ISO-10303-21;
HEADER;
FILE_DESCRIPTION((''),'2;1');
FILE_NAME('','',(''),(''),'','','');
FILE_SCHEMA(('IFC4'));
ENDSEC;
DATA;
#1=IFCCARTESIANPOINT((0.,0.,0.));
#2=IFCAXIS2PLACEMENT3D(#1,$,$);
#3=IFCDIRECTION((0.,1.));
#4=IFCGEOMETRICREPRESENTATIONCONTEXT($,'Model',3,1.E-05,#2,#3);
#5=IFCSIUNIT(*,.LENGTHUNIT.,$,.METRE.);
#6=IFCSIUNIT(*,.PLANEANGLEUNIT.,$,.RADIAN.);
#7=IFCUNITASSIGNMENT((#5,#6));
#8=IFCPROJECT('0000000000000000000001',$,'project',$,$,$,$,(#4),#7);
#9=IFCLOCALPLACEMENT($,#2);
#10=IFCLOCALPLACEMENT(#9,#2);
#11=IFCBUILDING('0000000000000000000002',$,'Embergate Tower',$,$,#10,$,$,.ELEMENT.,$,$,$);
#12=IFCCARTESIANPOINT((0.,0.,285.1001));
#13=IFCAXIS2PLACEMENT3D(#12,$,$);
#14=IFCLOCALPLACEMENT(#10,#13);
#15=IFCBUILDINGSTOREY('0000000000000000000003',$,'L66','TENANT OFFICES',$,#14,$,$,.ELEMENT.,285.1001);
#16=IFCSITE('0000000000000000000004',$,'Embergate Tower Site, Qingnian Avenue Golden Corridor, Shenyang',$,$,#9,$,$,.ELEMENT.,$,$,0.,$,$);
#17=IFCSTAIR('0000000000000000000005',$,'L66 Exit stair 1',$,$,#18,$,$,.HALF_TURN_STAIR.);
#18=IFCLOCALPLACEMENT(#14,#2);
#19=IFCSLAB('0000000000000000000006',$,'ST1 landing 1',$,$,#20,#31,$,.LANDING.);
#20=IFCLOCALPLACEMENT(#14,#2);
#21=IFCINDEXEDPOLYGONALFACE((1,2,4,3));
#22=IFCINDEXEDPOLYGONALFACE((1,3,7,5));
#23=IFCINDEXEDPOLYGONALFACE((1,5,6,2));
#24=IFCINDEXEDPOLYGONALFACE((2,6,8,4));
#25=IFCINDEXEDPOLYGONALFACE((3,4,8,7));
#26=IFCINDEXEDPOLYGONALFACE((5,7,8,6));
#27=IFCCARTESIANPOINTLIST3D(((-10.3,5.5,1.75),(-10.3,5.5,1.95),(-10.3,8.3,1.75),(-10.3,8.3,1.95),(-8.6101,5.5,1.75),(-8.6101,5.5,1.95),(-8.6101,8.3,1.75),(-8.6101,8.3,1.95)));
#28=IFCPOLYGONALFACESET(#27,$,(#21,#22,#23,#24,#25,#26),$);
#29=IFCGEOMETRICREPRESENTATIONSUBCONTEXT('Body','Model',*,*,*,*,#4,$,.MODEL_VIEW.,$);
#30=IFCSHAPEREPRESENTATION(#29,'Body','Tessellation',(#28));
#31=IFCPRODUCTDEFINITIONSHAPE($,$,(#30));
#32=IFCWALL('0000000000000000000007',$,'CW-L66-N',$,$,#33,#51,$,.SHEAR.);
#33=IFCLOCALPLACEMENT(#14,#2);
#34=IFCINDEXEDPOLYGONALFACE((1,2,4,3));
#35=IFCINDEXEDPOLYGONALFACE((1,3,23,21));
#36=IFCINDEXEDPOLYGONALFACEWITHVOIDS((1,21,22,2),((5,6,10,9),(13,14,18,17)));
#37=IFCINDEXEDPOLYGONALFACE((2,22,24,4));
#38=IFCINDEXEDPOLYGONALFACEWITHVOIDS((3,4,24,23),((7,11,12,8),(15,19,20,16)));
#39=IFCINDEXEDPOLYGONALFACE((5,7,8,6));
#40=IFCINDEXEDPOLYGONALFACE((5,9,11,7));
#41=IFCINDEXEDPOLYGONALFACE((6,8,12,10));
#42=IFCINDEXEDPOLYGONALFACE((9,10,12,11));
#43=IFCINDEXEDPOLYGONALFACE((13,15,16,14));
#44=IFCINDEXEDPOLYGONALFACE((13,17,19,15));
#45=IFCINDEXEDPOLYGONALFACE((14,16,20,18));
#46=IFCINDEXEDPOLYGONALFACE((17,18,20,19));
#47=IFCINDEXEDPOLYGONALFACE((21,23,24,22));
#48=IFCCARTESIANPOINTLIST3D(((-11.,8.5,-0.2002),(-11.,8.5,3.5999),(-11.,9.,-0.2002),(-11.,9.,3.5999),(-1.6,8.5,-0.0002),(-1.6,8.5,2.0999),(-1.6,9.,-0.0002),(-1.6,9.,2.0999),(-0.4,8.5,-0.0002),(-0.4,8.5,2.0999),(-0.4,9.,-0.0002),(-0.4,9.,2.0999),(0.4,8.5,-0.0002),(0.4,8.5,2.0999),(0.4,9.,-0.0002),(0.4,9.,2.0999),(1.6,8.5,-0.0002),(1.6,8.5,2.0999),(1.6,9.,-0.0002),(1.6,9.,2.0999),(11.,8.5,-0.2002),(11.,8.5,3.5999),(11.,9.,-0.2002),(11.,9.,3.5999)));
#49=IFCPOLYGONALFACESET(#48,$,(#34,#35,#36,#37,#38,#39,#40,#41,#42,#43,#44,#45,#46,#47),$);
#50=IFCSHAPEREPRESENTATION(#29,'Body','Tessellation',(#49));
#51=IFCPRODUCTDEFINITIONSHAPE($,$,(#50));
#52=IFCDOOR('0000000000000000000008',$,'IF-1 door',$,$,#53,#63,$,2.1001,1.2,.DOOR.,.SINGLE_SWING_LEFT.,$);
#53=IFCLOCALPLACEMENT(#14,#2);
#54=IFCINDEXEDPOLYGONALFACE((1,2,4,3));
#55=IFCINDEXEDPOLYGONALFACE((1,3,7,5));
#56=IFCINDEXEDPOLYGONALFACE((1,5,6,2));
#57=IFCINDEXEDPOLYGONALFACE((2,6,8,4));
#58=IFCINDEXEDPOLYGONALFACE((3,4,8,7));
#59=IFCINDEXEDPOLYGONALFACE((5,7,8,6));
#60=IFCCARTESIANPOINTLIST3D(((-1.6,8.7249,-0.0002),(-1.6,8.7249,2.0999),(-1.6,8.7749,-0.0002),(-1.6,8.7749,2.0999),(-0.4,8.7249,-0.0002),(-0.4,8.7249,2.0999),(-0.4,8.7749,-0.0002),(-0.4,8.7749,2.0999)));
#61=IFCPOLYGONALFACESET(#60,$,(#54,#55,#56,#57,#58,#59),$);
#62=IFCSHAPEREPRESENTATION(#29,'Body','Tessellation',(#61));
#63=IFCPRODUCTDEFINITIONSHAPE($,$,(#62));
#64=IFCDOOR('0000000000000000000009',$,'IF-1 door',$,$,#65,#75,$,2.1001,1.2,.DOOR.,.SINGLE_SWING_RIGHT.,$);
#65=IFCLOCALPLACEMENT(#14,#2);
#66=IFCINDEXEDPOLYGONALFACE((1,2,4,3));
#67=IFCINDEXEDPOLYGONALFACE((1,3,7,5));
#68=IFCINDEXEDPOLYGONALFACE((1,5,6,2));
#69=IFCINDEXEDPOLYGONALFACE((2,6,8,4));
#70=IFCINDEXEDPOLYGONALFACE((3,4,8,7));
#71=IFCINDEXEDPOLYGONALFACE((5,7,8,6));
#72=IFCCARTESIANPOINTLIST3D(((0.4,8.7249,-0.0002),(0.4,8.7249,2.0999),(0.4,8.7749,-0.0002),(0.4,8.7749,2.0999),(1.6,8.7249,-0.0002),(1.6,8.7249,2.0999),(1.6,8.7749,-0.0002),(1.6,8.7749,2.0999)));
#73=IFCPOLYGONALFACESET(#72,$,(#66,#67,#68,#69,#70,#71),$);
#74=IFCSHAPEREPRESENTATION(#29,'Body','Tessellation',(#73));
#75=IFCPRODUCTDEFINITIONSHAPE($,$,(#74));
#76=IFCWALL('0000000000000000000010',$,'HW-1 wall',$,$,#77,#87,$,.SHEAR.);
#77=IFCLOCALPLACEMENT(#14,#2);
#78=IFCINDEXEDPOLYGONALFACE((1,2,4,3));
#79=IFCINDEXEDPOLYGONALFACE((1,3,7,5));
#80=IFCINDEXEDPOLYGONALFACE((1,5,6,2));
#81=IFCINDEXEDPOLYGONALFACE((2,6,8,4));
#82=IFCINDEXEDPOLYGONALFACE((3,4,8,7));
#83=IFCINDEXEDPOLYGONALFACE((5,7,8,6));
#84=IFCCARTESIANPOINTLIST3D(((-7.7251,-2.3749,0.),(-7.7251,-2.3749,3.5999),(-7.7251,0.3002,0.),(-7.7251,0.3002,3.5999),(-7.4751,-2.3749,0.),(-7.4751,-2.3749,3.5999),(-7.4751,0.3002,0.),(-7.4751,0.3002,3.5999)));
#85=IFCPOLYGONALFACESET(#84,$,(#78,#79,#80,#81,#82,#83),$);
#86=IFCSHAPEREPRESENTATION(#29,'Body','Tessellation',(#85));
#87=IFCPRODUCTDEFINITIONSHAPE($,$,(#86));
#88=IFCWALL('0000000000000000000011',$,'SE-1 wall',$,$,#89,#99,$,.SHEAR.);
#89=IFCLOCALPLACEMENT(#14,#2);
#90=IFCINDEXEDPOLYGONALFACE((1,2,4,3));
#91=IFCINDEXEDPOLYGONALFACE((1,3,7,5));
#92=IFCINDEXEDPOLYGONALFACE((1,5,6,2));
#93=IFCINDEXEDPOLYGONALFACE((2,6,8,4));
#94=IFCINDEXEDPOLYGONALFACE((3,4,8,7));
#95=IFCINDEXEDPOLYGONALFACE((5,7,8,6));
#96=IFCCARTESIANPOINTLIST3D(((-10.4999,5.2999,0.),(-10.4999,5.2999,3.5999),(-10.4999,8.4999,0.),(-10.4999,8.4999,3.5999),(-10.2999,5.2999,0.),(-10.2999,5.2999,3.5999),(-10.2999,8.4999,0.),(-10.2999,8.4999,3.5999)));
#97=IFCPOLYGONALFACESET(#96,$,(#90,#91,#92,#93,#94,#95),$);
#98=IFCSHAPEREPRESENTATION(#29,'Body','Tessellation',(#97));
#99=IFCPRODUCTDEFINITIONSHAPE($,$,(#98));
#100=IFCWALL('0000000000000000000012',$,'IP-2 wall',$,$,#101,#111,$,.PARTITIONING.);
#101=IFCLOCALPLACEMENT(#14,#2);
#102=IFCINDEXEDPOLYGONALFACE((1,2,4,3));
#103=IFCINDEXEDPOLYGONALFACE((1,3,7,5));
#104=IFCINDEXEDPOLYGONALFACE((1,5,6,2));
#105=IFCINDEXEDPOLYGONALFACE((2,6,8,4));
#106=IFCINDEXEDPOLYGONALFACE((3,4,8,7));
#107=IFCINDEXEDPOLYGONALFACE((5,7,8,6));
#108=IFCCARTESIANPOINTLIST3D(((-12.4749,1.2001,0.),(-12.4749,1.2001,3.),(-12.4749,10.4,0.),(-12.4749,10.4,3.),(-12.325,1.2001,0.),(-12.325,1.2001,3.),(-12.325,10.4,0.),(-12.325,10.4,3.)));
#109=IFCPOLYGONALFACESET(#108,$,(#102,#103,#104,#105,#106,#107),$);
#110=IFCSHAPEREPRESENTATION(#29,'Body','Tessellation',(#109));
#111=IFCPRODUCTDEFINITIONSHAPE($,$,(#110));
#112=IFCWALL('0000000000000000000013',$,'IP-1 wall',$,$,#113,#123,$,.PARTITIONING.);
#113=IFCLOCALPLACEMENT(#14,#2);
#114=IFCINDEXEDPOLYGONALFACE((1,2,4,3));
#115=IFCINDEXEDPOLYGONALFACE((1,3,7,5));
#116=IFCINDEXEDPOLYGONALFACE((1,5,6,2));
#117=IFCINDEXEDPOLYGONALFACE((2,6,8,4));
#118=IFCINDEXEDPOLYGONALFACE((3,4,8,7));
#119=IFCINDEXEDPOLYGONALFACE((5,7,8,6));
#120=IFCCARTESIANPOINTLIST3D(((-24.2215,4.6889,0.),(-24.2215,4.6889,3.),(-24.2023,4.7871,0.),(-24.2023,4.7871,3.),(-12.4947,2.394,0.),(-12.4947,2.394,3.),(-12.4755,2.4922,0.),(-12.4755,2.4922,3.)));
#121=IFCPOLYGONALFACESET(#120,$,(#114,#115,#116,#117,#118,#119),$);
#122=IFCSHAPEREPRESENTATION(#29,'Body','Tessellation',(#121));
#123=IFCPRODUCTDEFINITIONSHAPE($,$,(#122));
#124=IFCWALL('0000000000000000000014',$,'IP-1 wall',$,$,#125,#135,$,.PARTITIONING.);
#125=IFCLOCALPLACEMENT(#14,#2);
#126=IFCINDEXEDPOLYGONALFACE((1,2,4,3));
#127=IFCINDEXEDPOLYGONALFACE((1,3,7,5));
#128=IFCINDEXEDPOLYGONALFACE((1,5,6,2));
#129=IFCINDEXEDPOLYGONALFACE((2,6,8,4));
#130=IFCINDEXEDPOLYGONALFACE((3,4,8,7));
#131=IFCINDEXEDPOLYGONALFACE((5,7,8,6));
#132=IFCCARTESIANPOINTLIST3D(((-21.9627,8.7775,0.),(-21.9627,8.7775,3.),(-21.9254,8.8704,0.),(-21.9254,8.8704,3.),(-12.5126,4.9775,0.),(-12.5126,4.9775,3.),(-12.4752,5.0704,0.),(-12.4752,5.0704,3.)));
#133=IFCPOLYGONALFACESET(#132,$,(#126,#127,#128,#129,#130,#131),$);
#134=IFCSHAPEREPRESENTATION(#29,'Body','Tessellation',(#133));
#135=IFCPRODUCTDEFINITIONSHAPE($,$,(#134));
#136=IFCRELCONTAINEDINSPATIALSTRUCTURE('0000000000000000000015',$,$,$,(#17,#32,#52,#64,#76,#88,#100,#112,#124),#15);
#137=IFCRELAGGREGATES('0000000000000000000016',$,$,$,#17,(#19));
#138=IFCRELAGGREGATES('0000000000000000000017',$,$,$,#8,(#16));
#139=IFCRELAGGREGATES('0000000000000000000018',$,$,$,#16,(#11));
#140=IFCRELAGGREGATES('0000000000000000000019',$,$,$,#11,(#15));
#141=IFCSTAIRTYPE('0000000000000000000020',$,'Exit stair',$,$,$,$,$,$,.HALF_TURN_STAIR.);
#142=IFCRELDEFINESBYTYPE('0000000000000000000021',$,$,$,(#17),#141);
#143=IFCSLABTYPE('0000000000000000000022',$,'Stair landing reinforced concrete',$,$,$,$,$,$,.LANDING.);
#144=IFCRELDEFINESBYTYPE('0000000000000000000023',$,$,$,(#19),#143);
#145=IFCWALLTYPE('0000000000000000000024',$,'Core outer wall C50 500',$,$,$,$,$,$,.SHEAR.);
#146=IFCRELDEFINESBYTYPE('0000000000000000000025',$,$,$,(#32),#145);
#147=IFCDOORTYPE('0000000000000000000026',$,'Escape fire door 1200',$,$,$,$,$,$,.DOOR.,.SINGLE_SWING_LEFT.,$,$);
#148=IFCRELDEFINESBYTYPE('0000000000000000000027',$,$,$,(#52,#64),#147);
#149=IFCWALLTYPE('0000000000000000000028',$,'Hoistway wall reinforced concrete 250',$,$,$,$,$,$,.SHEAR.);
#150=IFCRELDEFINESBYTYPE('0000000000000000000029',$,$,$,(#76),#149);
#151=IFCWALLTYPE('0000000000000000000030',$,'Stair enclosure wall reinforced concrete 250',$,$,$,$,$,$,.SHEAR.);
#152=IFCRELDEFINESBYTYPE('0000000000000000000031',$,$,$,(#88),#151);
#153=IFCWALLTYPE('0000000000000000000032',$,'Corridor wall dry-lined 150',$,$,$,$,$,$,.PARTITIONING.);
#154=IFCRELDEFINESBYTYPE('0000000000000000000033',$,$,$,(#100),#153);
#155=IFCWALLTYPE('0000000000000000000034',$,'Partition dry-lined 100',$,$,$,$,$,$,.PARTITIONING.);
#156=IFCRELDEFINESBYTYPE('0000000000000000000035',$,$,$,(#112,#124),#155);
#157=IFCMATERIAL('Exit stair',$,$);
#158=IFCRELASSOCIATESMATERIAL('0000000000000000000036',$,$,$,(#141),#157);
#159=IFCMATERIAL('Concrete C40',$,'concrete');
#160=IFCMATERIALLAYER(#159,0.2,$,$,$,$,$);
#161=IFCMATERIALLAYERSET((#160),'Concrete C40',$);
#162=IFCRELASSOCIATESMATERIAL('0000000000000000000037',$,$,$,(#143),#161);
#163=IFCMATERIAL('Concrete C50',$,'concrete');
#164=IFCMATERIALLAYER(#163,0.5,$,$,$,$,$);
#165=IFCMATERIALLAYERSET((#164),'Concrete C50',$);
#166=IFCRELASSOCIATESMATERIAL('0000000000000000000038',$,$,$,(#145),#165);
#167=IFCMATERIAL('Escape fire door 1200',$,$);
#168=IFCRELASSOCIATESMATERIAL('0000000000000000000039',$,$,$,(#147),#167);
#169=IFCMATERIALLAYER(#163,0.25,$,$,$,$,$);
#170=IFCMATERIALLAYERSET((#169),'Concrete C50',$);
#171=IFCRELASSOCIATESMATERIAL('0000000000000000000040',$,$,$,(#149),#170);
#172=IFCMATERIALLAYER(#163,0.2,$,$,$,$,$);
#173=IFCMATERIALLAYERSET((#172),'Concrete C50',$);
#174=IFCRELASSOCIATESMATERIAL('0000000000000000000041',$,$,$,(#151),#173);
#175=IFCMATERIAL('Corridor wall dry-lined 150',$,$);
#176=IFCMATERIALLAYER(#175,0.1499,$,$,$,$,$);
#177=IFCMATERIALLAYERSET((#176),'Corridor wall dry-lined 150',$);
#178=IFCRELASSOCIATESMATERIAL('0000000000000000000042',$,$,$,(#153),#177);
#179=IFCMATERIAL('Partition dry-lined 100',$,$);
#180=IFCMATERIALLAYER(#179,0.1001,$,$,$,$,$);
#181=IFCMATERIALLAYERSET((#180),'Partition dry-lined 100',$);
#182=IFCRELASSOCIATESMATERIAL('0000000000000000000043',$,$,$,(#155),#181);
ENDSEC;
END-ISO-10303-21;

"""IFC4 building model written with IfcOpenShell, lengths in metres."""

from ifc_helpers import new_model, si_unit, direction, frame, frame_2d, origin, place, context, subcontext, project, spatial, polyline, rectangle, outline, extrude, source, transform, mapped, material, layer, layer_set, type_object, element, fill, aggregate, save


model = new_model("IFC4")

# Units and contexts
model_context = context("Model", 3, precision=1e-05, world=origin(), true_north=direction((0.0, 1.0)))
body_context = subcontext(model_context, "Body", "Model", "MODEL_VIEW")
ifc_project = project(units=[si_unit("LENGTHUNIT", "METRE"), si_unit("PLANEANGLEUNIT", "RADIAN")], contexts=[model_context])

# Site, building, storey
site_placement = place(None, origin())
site = spatial("IfcSite", under=ifc_project, at=site_placement, Name="Embergate Tower Site, Qingnian Avenue Golden Corridor, Shenyang", CompositionType="ELEMENT", RefElevation=0.0)
building_placement = place(site_placement, origin())
building = spatial("IfcBuilding", under=site, at=building_placement, Name="Embergate Tower", CompositionType="ELEMENT")
storey_placement = place(building_placement, frame((0.0, 0.0, 285.1001)))
storey = spatial("IfcBuildingStorey", under=building, at=storey_placement, Name="L66", Description="TENANT OFFICES", CompositionType="ELEMENT", Elevation=285.1001)

# Stair, slab
ifc_material_1 = material(Name="Exit stair")
stair_type = type_object("IfcStairType", Name="Exit stair", PredefinedType="HALF_TURN_STAIR", material=ifc_material_1)
stair_placement = place(storey_placement, origin())
stair = element("IfcStair", 1, at=stair_placement, inside=storey, type_object=stair_type, Name="L66 Exit stair 1", PredefinedType="HALF_TURN_STAIR")
ifc_material_2 = material(Name="Concrete C40", Category="concrete")
ifc_layer_1 = layer(ifc_material_2, 0.2)
ifc_layer_set_1 = layer_set([ifc_layer_1], Name="Concrete C40")
slab_type = type_object("IfcSlabType", Name="Stair landing reinforced concrete", PredefinedType="LANDING", material=ifc_layer_set_1)
shared_shape_1 = source(origin(), body_context, "Body", "SweptSolid", [
    extrude(outline(polyline([(0.0, 0.0), (1.6899, 0.0), (1.6899, 2.8), (0.0, 2.8), (0.0, 0.0)])), origin(), (0.0, 0.0, 1.0), 0.2),
])
slab_placement = place(storey_placement, frame((-10.3, 5.5, 1.75)))
slab = element("IfcSlab", 2, at=slab_placement, type_object=slab_type, Name="ST1 landing 1", PredefinedType="LANDING", context=body_context, shape_type="MappedRepresentation", body=[
    mapped(shared_shape_1, transform((0.0, 0.0, 0.0))),
])

# Wall, openings, doors
ifc_material_3 = material(Name="Concrete C50", Category="concrete")
ifc_layer_2 = layer(ifc_material_3, 0.5)
ifc_layer_set_2 = layer_set([ifc_layer_2], Name="Concrete C50")
wall_type_1 = type_object("IfcWallType", Name="Core outer wall C50 500", PredefinedType="SHEAR", material=ifc_layer_set_2)
shared_shape_2 = source(origin(), body_context, "Body", "SweptSolid", [
    extrude(rectangle(XDim=22.0, YDim=0.5, at=frame_2d((11.0, 0.0))), origin(), (0.0, 0.0, 1.0), 3.8),
])
wall_1_placement = place(storey_placement, frame((-11.0, 8.75, -0.2002), z_axis=(0.0, 0.0, 1.0), x_axis=(1.0, 0.0, 0.0)))
wall_1 = element("IfcWall", 3, at=wall_1_placement, inside=storey, type_object=wall_type_1, Name="CW-L66-N", PredefinedType="SHEAR", context=body_context, shape_type="MappedRepresentation", body=[
    mapped(shared_shape_2, transform((0.0, 0.0, 0.0))),
])
shared_shape_3 = source(origin(), body_context, "Body", "SweptSolid", [
    extrude(rectangle(XDim=1.2, YDim=2.1001, at=frame_2d((0.6001, 1.05))), frame((0.0, 0.26, 0.0), z_axis=(0.0, -1.0, 0.0), x_axis=(1.0, 0.0, 0.0)), (0.0, 0.0, 1.0), 0.52),
])
opening_1_placement = place(wall_1_placement, frame((9.3999, 0.0, 0.2)))
opening_1 = element("IfcOpeningElement", 4, at=opening_1_placement, cuts=wall_1, PredefinedType="OPENING", context=body_context, shape_type="MappedRepresentation", body=[
    mapped(shared_shape_3, transform((0.0, 0.0, 0.0))),
])
opening_2_placement = place(wall_1_placement, frame((11.3999, 0.0, 0.2)))
opening_2 = element("IfcOpeningElement", 5, at=opening_2_placement, cuts=wall_1, PredefinedType="OPENING", context=body_context, shape_type="MappedRepresentation", body=[
    mapped(shared_shape_3, transform((0.0, 0.0, 0.0))),
])
ifc_material_4 = material(Name="Escape fire door 1200")
door_type_1 = type_object("IfcDoorType", Name="Escape fire door 1200", OperationType="SINGLE_SWING_LEFT", PredefinedType="DOOR", material=ifc_material_4)
shared_shape_4 = source(origin(), body_context, "Body", "SweptSolid", [
    extrude(rectangle(XDim=1.2, YDim=2.1001, at=frame_2d((0.6001, 1.05))), frame((0.0, 0.0249, 0.0), z_axis=(0.0, -1.0, 0.0), x_axis=(1.0, 0.0, 0.0)), (0.0, 0.0, 1.0), 0.05),
])
door_1_placement = place(opening_1_placement, origin())
door_1 = element("IfcDoor", 6, at=door_1_placement, inside=storey, type_object=door_type_1, Name="IF-1 door", OperationType="SINGLE_SWING_LEFT", OverallHeight=2.1001, OverallWidth=1.2, PredefinedType="DOOR", context=body_context, shape_type="MappedRepresentation", body=[
    mapped(shared_shape_4, transform((0.0, 0.0, 0.0))),
])
fill(opening_1, door_1)
door_2_placement = place(opening_2_placement, origin())
door_2 = element("IfcDoor", 7, at=door_2_placement, inside=storey, type_object=door_type_1, Name="IF-1 door", OperationType="SINGLE_SWING_RIGHT", OverallHeight=2.1001, OverallWidth=1.2, PredefinedType="DOOR", context=body_context, shape_type="MappedRepresentation", body=[
    mapped(shared_shape_4, transform((0.0, 0.0, 0.0))),
])
fill(opening_2, door_2)

# Walls
ifc_layer_3 = layer(ifc_material_3, 0.25)
ifc_layer_set_3 = layer_set([ifc_layer_3], Name="Concrete C50")
wall_type_2 = type_object("IfcWallType", Name="Hoistway wall reinforced concrete 250", PredefinedType="SHEAR", material=ifc_layer_set_3)
shared_shape_5 = source(origin(), body_context, "Body", "SweptSolid", [
    extrude(rectangle(XDim=2.675, YDim=0.25, at=frame_2d((1.3374, 0.0))), origin(), (0.0, 0.0, 1.0), 3.5999),
])
wall_2_placement = place(storey_placement, frame((-7.6001, 0.3, 0.0), z_axis=(0.0, 0.0, 1.0), x_axis=(0.0, -1.0, 0.0)))
element("IfcWall", 8, at=wall_2_placement, inside=storey, type_object=wall_type_2, Name="HW-1 wall", PredefinedType="SHEAR", context=body_context, shape_type="MappedRepresentation", body=[
    mapped(shared_shape_5, transform((0.0, 0.0, 0.0))),
])
ifc_layer_4 = layer(ifc_material_3, 0.2)
ifc_layer_set_4 = layer_set([ifc_layer_4], Name="Concrete C50")
wall_type_3 = type_object("IfcWallType", Name="Stair enclosure wall reinforced concrete 250", PredefinedType="SHEAR", material=ifc_layer_set_4)
shared_shape_6 = source(origin(), body_context, "Body", "SweptSolid", [
    extrude(rectangle(XDim=3.2, YDim=0.2, at=frame_2d((1.6001, 0.0))), origin(), (0.0, 0.0, 1.0), 3.5999),
])
wall_3_placement = place(storey_placement, frame((-10.3999, 8.5, 0.0), z_axis=(0.0, 0.0, 1.0), x_axis=(0.0, -1.0, 0.0)))
element("IfcWall", 9, at=wall_3_placement, inside=storey, type_object=wall_type_3, Name="SE-1 wall", PredefinedType="SHEAR", context=body_context, shape_type="MappedRepresentation", body=[
    mapped(shared_shape_6, transform((0.0, 0.0, 0.0))),
])
ifc_material_5 = material(Name="Corridor wall dry-lined 150")
ifc_layer_5 = layer(ifc_material_5, 0.1499)
ifc_layer_set_5 = layer_set([ifc_layer_5], Name="Corridor wall dry-lined 150")
wall_type_4 = type_object("IfcWallType", Name="Corridor wall dry-lined 150", PredefinedType="PARTITIONING", material=ifc_layer_set_5)
shared_shape_7 = source(origin(), body_context, "Body", "SweptSolid", [
    extrude(rectangle(XDim=9.2, YDim=0.1499, at=frame_2d((4.6001, 0.0))), origin(), (0.0, 0.0, 1.0), 3.0),
])
wall_4_placement = place(storey_placement, frame((-12.3999, 1.2, 0.0), z_axis=(0.0, 0.0, 1.0), x_axis=(0.0, 1.0, 0.0)))
element("IfcWall", 10, at=wall_4_placement, inside=storey, type_object=wall_type_4, Name="IP-2 wall", PredefinedType="PARTITIONING", context=body_context, shape_type="MappedRepresentation", body=[
    mapped(shared_shape_7, transform((0.0, 0.0, 0.0))),
])
ifc_material_6 = material(Name="Partition dry-lined 100")
ifc_layer_6 = layer(ifc_material_6, 0.1001)
ifc_layer_set_6 = layer_set([ifc_layer_6], Name="Partition dry-lined 100")
wall_type_5 = type_object("IfcWallType", Name="Partition dry-lined 100", PredefinedType="PARTITIONING", material=ifc_layer_set_6)
shared_shape_8 = source(origin(), body_context, "Body", "SweptSolid", [
    extrude(rectangle(XDim=11.9492, YDim=0.1001, at=frame_2d((5.9746, 0.0))), origin(), (0.0, 0.0, 1.0), 3.0),
])
wall_5_placement = place(storey_placement, frame((-12.4851, 2.4431, 0.0), z_axis=(0.0, 0.0, 1.0), x_axis=(-0.981384, 0.192056, 0.0)))
element("IfcWall", 11, at=wall_5_placement, inside=storey, type_object=wall_type_5, Name="IP-1 wall", PredefinedType="PARTITIONING", context=body_context, shape_type="MappedRepresentation", body=[
    mapped(shared_shape_8, transform((0.0, 0.0, 0.0))),
])
shared_shape_9 = source(origin(), body_context, "Body", "SweptSolid", [
    extrude(rectangle(XDim=10.1855, YDim=0.1001, at=frame_2d((5.0928, 0.0))), origin(), (0.0, 0.0, 1.0), 3.0),
])
wall_6_placement = place(storey_placement, frame((-12.4939, 5.0239, 0.0), z_axis=(0.0, 0.0, 1.0), x_axis=(-0.927799, 0.37308, 0.0)))
element("IfcWall", 12, at=wall_6_placement, inside=storey, type_object=wall_type_5, Name="IP-1 wall", PredefinedType="PARTITIONING", context=body_context, shape_type="MappedRepresentation", body=[
    mapped(shared_shape_9, transform((0.0, 0.0, 0.0))),
])

aggregate(stair, [slab])

save(model, "model.ifc")
